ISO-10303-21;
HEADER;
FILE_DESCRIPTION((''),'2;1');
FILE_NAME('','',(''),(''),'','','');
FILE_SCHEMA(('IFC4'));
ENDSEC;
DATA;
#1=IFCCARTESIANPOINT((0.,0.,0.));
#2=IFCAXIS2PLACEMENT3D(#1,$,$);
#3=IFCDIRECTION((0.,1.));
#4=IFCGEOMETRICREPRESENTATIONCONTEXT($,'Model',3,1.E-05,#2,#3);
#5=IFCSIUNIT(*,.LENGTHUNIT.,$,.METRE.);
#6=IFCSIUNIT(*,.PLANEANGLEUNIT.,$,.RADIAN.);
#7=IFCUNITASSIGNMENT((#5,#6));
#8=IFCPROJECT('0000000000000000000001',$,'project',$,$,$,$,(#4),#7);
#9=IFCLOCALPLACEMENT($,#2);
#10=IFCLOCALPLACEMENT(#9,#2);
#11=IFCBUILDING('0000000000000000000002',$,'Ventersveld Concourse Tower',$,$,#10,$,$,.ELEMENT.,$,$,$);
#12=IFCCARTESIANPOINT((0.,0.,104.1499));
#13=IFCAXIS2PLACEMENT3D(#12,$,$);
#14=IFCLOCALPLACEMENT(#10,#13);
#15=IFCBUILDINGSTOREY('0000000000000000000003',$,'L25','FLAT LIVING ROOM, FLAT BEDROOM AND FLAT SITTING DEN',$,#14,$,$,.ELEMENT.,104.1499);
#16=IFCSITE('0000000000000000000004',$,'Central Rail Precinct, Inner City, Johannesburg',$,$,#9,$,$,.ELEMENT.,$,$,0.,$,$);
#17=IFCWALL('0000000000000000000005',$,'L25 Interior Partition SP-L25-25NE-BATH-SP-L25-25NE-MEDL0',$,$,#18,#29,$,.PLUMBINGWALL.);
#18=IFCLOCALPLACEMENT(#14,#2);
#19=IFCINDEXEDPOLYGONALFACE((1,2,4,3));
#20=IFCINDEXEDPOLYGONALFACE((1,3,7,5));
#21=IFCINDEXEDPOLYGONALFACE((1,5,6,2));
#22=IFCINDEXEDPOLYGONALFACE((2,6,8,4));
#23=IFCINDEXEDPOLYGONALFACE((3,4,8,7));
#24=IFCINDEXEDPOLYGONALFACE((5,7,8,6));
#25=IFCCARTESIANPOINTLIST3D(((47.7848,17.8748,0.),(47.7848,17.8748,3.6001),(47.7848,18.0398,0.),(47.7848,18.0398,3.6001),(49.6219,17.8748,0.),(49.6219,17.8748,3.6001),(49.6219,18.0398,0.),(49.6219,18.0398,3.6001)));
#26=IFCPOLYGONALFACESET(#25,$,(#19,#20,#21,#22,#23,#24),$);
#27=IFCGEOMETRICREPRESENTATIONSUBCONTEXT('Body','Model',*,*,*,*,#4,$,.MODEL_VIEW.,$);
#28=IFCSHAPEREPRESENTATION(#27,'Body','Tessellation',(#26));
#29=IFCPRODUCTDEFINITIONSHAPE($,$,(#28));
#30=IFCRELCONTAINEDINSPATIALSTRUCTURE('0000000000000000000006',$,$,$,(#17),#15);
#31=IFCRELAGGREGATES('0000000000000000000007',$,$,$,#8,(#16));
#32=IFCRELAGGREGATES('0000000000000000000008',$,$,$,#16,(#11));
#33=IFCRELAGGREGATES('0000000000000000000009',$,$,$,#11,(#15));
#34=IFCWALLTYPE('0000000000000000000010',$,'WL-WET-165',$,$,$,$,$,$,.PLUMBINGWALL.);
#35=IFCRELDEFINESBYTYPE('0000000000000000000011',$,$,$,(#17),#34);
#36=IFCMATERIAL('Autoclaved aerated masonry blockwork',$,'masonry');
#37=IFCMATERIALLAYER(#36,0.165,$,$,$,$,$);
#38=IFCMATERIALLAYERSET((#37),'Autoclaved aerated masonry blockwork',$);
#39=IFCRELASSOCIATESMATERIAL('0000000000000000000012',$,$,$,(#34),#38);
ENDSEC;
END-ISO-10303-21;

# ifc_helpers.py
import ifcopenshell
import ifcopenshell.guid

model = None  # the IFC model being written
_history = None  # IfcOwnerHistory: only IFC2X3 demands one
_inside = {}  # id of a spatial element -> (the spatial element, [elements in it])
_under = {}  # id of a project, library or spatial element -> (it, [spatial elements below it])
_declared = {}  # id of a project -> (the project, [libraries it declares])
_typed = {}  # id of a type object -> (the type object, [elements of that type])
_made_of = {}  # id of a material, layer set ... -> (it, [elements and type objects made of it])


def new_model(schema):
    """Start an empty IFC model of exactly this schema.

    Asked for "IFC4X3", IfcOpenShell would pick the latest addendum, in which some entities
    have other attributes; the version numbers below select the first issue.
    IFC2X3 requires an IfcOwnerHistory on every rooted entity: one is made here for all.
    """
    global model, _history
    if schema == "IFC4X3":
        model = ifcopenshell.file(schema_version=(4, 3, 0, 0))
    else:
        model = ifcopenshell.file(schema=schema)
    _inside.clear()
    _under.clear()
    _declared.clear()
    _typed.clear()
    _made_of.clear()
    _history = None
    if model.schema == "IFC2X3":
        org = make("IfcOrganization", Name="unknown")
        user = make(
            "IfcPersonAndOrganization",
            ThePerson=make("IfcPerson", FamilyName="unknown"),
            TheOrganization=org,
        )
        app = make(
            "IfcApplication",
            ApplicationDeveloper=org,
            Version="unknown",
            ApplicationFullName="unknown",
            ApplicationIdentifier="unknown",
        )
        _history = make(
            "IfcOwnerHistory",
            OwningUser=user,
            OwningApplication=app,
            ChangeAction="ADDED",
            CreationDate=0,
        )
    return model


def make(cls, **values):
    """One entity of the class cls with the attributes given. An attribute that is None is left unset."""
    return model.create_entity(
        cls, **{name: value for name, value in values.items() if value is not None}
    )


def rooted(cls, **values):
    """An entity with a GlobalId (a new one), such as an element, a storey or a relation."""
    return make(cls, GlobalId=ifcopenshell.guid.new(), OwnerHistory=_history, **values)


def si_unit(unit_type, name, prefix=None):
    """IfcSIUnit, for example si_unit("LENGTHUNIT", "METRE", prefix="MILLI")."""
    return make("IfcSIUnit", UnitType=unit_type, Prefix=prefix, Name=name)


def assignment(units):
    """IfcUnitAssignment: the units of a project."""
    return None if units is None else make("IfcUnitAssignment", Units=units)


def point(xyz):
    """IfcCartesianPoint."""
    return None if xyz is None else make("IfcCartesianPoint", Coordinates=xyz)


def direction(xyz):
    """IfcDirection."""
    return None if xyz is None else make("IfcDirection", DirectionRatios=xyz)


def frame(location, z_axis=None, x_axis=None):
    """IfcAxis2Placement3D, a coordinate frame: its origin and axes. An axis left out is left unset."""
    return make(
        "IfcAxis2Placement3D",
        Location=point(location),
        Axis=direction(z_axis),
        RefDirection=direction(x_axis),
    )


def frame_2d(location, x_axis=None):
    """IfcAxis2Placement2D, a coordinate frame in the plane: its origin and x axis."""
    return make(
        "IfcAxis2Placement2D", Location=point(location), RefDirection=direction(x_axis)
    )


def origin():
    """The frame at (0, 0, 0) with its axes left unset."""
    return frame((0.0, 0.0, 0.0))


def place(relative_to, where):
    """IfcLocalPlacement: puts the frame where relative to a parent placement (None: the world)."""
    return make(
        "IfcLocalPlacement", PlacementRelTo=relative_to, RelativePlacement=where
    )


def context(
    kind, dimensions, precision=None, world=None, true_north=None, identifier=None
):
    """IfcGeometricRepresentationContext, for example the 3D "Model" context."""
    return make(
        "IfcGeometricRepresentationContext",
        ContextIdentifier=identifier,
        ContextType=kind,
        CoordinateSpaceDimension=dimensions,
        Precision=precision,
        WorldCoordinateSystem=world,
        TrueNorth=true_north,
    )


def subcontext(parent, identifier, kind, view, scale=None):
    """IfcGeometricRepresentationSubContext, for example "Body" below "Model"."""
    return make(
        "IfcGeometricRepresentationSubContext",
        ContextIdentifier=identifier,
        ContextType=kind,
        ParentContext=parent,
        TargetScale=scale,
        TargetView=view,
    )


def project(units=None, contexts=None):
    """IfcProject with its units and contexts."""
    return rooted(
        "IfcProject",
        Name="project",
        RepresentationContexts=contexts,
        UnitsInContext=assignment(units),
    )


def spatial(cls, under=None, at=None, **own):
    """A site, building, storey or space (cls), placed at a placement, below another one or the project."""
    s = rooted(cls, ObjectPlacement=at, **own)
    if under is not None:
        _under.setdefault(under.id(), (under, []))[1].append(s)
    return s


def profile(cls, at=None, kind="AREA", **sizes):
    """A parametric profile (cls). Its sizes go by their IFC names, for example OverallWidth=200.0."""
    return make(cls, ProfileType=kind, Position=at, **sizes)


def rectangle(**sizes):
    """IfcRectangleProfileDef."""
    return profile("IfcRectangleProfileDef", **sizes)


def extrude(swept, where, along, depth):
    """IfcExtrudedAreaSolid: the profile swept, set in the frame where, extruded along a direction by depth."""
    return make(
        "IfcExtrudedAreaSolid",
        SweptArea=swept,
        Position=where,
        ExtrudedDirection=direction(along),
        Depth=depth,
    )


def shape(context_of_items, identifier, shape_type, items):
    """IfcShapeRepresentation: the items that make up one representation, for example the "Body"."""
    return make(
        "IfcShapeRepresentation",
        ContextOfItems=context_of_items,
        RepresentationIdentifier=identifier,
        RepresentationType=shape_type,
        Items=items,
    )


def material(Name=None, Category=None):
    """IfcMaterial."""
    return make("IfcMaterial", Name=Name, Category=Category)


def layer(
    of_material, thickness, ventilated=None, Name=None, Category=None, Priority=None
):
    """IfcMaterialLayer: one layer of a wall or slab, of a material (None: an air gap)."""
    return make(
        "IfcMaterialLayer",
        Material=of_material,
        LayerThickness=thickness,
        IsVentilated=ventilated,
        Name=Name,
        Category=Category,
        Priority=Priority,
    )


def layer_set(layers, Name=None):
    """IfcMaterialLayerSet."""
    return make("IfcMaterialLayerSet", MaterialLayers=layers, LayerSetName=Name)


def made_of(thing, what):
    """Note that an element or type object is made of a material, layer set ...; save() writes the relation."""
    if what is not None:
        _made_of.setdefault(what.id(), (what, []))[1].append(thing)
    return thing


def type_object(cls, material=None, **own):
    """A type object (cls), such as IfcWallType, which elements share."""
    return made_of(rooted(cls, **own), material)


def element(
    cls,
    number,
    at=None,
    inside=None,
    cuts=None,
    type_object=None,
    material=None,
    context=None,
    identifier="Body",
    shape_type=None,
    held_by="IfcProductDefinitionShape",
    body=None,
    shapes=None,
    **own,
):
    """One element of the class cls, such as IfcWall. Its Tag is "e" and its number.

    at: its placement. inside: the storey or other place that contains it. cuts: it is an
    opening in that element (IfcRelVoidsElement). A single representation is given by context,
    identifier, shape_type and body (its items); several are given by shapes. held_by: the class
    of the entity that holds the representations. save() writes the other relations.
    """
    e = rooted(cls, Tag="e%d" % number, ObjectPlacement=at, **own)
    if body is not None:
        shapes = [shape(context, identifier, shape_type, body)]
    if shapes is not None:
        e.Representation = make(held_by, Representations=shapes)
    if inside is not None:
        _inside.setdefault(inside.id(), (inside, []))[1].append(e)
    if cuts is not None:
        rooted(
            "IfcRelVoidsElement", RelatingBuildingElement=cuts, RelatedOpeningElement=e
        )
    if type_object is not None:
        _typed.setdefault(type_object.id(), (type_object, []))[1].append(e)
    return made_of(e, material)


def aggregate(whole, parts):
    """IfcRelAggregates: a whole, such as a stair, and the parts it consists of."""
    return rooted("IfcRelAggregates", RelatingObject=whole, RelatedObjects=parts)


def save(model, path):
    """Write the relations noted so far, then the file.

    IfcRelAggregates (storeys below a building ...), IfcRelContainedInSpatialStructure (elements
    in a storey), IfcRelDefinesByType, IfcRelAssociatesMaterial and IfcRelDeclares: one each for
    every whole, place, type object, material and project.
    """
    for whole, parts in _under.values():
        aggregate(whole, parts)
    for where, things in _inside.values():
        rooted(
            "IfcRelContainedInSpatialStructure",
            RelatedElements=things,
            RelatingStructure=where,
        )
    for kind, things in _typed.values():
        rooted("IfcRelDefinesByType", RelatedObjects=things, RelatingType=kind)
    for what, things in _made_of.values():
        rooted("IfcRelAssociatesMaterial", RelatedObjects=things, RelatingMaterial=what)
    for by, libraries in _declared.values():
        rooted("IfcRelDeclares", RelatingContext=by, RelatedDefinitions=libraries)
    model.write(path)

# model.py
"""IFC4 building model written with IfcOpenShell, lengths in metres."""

from ifc_helpers import new_model, si_unit, direction, frame, frame_2d, origin, place, context, subcontext, project, spatial, rectangle, extrude, material, layer, layer_set, type_object, element, save


model = new_model("IFC4")

# Units and contexts
model_context = context("Model", 3, precision=1e-05, world=origin(), true_north=direction((0.0, 1.0)))
body_context = subcontext(model_context, "Body", "Model", "MODEL_VIEW")
ifc_project = project(units=[si_unit("LENGTHUNIT", "METRE"), si_unit("PLANEANGLEUNIT", "RADIAN")], contexts=[model_context])

# Site, building, storey
site_placement = place(None, origin())
site = spatial("IfcSite", under=ifc_project, at=site_placement, Name="Central Rail Precinct, Inner City, Johannesburg", CompositionType="ELEMENT", RefElevation=0.0)
building_placement = place(site_placement, origin())
building = spatial("IfcBuilding", under=site, at=building_placement, Name="Ventersveld Concourse Tower", CompositionType="ELEMENT")
storey_placement = place(building_placement, frame((0.0, 0.0, 104.1499)))
storey = spatial("IfcBuildingStorey", under=building, at=storey_placement, Name="L25", Description="FLAT LIVING ROOM, FLAT BEDROOM AND FLAT SITTING DEN", CompositionType="ELEMENT", Elevation=104.1499)

# Shared definitions
ifc_material_1 = material(Name="Autoclaved aerated masonry blockwork", Category="masonry")

# Wall
ifc_layer_1 = layer(ifc_material_1, 0.165)
ifc_layer_set_1 = layer_set([ifc_layer_1], Name="Autoclaved aerated masonry blockwork")
wall_type_1 = type_object("IfcWallType", Name="WL-WET-165", PredefinedType="PLUMBINGWALL", material=ifc_layer_set_1)
wall_1_placement = place(storey_placement, frame((47.7849, 17.9573, 0.0), z_axis=(0.0, 0.0, 1.0), x_axis=(1.0, 0.0, 0.0)))
element("IfcWall", 1, at=wall_1_placement, inside=storey, type_object=wall_type_1, Name="L25 Interior Partition SP-L25-25NE-BATH-SP-L25-25NE-MEDL0", PredefinedType="PLUMBINGWALL", context=body_context, shape_type="SweptSolid", body=[
    extrude(rectangle(XDim=1.8372, YDim=0.165, at=frame_2d((0.9185, 0.0))), origin(), (0.0, 0.0, 1.0), 3.6001),
])

save(model, "model.ifc")
